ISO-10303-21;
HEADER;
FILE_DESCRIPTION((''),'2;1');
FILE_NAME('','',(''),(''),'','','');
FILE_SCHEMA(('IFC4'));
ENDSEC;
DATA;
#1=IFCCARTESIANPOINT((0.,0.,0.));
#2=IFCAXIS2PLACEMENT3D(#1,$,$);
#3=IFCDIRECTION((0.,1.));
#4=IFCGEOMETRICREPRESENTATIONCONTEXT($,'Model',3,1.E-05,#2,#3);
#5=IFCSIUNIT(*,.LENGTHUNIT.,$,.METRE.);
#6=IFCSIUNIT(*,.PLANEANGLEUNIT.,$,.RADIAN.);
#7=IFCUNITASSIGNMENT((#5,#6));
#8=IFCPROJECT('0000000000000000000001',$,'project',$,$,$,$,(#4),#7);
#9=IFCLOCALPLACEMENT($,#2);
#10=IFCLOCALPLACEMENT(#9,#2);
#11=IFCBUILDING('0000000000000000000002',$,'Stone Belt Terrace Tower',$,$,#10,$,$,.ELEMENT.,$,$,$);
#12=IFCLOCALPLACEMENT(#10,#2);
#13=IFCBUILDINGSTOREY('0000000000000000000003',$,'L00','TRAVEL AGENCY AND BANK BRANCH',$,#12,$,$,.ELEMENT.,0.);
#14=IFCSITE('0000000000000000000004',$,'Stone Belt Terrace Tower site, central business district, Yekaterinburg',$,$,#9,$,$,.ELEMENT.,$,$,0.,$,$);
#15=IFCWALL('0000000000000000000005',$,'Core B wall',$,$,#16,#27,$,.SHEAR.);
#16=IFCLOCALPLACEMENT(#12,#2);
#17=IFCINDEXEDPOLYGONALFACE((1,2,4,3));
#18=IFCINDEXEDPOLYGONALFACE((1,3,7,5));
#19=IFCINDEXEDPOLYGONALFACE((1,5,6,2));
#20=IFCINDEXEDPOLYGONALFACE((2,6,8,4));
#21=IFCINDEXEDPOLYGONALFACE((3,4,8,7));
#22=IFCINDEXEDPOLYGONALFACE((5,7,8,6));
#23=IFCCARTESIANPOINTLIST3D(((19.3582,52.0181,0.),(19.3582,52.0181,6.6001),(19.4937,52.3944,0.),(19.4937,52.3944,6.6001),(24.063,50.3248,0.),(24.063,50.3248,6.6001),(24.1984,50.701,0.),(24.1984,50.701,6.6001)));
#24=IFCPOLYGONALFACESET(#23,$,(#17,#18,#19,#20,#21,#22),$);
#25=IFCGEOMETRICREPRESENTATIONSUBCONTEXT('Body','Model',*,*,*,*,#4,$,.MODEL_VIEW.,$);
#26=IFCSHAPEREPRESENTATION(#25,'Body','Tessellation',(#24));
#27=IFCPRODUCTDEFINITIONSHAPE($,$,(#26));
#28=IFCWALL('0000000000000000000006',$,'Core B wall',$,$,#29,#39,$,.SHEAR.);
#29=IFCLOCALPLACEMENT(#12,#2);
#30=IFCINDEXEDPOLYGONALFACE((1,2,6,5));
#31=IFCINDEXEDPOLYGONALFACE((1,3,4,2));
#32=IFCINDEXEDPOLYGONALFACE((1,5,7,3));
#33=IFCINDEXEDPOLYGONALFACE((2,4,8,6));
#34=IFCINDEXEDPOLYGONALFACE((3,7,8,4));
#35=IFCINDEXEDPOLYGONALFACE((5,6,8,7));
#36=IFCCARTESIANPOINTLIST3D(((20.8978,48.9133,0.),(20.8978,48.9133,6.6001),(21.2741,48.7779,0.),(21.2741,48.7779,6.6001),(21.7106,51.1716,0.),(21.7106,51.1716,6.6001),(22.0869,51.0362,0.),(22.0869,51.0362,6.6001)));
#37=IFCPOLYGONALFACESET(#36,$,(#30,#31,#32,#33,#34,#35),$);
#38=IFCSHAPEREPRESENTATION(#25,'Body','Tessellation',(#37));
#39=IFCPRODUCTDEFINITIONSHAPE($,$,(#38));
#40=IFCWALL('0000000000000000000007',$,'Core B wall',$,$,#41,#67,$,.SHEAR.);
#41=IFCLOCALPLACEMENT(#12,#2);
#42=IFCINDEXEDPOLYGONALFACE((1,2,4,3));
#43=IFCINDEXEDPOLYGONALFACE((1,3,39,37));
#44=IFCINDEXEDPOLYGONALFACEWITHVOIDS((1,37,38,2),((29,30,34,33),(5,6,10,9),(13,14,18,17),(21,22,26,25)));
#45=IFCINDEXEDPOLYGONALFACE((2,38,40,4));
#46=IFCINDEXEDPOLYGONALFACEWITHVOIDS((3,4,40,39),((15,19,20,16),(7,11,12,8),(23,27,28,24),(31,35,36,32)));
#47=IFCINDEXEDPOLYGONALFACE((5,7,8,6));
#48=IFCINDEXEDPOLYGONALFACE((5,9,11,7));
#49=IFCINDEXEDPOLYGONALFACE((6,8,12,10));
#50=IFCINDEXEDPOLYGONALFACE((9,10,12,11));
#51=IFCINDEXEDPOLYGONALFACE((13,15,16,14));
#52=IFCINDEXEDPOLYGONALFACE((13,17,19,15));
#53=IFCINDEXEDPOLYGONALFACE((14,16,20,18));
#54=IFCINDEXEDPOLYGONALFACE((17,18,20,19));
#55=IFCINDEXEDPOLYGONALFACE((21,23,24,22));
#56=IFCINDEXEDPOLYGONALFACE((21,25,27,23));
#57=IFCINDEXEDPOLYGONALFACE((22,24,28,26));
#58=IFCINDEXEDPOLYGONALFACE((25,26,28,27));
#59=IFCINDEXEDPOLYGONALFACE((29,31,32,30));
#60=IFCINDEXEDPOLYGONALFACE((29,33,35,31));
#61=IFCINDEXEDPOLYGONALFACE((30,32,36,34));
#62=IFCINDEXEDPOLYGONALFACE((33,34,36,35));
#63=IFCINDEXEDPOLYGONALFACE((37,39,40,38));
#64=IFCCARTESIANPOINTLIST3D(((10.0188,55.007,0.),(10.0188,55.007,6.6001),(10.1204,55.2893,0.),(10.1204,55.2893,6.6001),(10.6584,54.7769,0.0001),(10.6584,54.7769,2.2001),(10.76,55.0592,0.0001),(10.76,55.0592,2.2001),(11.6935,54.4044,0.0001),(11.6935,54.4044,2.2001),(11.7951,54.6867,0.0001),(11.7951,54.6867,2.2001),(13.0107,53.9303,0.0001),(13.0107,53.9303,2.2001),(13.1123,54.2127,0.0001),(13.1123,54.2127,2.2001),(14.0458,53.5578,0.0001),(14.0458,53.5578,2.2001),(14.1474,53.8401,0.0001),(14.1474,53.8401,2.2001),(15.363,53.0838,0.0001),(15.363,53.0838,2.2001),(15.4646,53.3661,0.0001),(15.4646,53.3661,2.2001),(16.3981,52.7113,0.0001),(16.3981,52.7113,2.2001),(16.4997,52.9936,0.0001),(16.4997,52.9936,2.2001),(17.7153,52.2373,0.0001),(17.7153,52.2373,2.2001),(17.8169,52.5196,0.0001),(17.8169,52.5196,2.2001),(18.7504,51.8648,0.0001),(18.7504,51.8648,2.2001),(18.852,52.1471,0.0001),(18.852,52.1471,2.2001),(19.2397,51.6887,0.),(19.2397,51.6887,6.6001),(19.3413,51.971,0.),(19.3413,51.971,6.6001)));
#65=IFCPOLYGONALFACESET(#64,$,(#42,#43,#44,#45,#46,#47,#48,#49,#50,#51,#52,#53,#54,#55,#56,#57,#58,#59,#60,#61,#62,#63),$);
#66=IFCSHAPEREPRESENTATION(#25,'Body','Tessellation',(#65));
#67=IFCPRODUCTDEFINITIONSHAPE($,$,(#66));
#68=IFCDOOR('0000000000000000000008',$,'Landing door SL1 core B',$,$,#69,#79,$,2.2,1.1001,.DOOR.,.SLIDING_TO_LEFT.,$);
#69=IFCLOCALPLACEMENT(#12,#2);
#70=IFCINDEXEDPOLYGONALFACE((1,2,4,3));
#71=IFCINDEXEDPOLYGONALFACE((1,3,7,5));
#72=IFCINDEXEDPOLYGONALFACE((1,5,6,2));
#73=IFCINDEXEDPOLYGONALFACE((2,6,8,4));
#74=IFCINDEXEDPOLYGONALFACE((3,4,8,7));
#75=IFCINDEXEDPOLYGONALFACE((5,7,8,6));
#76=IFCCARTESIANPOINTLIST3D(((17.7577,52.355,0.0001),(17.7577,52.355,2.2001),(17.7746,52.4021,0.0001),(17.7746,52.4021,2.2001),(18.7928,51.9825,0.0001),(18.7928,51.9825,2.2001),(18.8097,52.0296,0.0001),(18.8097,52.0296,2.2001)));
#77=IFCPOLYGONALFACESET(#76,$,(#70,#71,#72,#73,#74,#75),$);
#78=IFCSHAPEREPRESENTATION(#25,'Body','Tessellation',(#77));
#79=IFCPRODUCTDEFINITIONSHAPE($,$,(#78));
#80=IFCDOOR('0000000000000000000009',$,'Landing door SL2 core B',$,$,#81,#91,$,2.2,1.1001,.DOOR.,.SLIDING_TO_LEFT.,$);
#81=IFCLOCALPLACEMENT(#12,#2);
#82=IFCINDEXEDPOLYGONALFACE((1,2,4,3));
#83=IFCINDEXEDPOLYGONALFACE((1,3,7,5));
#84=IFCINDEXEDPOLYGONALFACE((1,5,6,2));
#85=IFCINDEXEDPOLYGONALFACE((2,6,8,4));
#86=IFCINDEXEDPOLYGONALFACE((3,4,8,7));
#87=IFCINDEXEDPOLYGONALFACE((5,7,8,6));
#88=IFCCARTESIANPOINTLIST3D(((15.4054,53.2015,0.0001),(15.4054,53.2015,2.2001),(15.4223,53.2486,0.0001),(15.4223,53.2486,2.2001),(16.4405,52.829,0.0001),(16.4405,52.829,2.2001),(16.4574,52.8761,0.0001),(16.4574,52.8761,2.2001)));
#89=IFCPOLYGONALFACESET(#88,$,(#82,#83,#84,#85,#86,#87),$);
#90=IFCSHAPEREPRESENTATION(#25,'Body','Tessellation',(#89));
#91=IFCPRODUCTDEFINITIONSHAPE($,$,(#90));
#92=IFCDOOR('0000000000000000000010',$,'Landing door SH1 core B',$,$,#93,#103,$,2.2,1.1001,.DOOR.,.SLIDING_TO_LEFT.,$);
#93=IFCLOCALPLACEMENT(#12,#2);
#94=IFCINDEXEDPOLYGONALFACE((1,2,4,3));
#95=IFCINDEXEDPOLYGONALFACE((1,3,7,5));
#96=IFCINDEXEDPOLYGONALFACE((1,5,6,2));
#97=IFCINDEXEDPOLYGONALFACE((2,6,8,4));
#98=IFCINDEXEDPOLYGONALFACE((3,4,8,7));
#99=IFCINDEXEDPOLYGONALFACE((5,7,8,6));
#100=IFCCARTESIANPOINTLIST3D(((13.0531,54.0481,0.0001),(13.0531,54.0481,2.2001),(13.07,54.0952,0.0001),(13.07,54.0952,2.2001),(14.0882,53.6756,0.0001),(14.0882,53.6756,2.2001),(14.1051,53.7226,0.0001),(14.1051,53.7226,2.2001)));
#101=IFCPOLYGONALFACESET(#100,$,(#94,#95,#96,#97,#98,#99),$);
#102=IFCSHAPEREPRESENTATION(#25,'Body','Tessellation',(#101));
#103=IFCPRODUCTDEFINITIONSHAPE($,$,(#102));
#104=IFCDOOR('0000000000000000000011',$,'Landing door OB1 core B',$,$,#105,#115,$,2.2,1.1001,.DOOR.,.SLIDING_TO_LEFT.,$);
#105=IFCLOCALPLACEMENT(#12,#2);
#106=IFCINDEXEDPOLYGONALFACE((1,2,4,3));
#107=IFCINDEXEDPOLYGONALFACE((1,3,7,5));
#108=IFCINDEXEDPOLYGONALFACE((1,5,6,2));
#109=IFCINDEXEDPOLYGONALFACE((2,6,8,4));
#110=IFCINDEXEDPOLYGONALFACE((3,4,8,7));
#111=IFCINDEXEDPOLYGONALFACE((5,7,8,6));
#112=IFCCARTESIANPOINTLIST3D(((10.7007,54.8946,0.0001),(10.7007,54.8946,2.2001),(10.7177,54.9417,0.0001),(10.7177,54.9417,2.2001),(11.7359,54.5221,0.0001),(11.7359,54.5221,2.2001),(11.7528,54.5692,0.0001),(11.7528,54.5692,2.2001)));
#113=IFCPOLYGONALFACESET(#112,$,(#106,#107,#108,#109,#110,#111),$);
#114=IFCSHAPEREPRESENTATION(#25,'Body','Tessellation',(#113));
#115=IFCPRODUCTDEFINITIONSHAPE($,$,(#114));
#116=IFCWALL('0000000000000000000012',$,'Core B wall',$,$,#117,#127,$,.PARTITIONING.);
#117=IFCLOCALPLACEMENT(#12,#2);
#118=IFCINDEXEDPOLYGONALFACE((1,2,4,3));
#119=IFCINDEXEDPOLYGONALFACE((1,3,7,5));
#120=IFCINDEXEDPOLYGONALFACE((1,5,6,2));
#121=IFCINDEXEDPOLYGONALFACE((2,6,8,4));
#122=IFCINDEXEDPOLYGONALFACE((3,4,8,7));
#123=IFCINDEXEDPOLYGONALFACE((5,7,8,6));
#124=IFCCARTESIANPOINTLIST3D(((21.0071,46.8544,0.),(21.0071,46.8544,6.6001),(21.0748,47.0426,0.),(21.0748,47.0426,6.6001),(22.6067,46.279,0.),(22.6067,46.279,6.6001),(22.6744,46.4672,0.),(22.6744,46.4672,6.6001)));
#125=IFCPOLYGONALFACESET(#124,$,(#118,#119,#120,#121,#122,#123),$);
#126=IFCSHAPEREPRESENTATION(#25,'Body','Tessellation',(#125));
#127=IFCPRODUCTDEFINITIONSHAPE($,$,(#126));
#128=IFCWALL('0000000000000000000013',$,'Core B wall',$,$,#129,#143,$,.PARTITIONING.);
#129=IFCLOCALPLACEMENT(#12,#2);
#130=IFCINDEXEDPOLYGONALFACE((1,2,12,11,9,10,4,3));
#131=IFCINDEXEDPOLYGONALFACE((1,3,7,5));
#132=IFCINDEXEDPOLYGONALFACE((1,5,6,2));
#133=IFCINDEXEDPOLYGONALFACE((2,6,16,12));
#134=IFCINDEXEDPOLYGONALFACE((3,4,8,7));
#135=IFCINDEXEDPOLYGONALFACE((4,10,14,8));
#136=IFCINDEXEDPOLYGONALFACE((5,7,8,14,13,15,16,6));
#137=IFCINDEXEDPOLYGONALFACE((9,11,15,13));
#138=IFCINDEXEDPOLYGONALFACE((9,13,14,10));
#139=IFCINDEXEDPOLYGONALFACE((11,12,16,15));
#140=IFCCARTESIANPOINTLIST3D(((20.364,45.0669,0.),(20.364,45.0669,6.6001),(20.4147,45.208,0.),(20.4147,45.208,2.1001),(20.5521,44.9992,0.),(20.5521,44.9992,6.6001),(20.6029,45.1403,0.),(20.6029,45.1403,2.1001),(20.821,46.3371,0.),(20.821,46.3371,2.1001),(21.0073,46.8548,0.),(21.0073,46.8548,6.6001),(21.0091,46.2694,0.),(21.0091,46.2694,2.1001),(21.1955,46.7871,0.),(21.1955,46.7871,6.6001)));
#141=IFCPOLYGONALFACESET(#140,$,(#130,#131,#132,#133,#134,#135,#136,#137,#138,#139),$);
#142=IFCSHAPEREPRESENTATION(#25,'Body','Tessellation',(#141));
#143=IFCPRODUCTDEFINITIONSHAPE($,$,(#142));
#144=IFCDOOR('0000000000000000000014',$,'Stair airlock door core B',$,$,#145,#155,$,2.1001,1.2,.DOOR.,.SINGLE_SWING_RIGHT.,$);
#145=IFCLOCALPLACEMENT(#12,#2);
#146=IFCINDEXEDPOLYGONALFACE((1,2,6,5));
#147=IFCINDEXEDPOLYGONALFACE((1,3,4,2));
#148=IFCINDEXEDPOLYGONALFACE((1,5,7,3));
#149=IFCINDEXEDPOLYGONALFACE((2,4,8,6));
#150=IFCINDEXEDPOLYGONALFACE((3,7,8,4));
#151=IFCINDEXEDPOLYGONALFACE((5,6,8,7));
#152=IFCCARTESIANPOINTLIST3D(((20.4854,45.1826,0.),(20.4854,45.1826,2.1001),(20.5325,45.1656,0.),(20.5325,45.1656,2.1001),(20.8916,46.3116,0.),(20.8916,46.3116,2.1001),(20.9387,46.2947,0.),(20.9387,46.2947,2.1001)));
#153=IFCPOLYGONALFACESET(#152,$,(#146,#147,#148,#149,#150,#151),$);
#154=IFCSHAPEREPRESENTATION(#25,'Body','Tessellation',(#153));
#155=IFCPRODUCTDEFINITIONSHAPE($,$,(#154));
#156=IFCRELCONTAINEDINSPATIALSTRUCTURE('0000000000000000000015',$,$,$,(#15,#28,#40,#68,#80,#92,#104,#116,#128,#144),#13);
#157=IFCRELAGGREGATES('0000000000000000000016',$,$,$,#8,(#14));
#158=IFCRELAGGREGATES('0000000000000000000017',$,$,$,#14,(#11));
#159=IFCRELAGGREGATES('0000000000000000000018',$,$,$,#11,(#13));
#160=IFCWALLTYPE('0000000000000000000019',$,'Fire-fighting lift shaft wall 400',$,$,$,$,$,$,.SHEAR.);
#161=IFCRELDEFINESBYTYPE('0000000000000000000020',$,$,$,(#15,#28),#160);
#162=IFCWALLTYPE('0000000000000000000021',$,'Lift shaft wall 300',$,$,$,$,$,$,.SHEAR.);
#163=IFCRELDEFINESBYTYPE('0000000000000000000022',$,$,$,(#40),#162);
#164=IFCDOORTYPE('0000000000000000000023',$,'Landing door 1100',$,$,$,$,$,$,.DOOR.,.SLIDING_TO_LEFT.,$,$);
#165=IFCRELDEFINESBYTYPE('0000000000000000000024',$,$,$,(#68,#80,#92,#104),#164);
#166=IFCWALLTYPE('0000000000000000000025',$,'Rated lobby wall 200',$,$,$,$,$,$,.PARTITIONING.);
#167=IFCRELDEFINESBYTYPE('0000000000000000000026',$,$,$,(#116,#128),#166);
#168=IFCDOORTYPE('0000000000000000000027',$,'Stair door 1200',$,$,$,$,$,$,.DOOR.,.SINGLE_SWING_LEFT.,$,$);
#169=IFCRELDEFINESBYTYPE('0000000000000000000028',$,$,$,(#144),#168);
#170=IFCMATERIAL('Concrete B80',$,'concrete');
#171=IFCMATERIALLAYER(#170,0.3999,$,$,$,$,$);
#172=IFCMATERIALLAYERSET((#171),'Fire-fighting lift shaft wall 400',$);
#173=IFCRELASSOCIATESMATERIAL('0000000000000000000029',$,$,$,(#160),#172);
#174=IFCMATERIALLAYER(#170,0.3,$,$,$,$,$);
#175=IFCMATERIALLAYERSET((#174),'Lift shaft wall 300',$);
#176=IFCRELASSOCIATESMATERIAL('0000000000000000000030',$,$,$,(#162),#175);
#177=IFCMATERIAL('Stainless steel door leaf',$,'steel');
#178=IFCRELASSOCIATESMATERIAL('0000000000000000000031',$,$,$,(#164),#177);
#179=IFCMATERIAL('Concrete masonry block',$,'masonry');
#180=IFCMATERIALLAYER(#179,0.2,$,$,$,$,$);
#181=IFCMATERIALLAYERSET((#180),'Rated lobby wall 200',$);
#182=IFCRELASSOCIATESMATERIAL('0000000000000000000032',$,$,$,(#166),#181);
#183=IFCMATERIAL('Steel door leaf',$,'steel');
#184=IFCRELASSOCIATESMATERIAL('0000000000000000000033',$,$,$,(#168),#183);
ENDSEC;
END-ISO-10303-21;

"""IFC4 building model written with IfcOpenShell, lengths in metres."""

from ifc_helpers import new_model, si_unit, direction, frame, frame_2d, origin, place, context, subcontext, project, spatial, rectangle, extrude, material, layer, layer_set, type_object, element, fill, save


model = new_model("IFC4")

# Units and contexts
model_context = context("Model", 3, precision=1e-05, world=origin(), true_north=direction((0.0, 1.0)))
body_context = subcontext(model_context, "Body", "Model", "MODEL_VIEW")
ifc_project = project(units=[si_unit("LENGTHUNIT", "METRE"), si_unit("PLANEANGLEUNIT", "RADIAN")], contexts=[model_context])

# Site, building, storey
site_placement = place(None, origin())
site = spatial("IfcSite", under=ifc_project, at=site_placement, Name="Stone Belt Terrace Tower site, central business district, Yekaterinburg", CompositionType="ELEMENT", RefElevation=0.0)
building_placement = place(site_placement, origin())
building = spatial("IfcBuilding", under=site, at=building_placement, Name="Stone Belt Terrace Tower", CompositionType="ELEMENT")
storey_placement = place(building_placement, origin())
storey = spatial("IfcBuildingStorey", under=building, at=storey_placement, Name="L00", Description="TRAVEL AGENCY AND BANK BRANCH", CompositionType="ELEMENT", Elevation=0.0)

# Walls
ifc_material_1 = material(Name="Concrete B80", Category="concrete")
ifc_layer_1 = layer(ifc_material_1, 0.3999)
ifc_layer_set_1 = layer_set([ifc_layer_1], Name="Fire-fighting lift shaft wall 400")
wall_type_1 = type_object("IfcWallType", Name="Fire-fighting lift shaft wall 400", PredefinedType="SHEAR", material=ifc_layer_set_1)
wall_1_placement = place(storey_placement, frame((24.1306, 50.5129, 0.0), z_axis=(0.0, 0.0, 1.0), x_axis=(-0.940912, 0.338652, 0.0)))
element("IfcWall", 1, at=wall_1_placement, inside=storey, type_object=wall_type_1, Name="Core B wall", PredefinedType="SHEAR", context=body_context, shape_type="SweptSolid", body=[
    extrude(rectangle(XDim=5.0002, YDim=0.3999, at=frame_2d((2.5, 0.0))), origin(), (0.0, 0.0, 1.0), 6.6001),
])
wall_2_placement = place(storey_placement, frame((21.0859, 48.8455, 0.0), z_axis=(0.0, 0.0, 1.0), x_axis=(0.338629, 0.94092, 0.0)))
element("IfcWall", 2, at=wall_2_placement, inside=storey, type_object=wall_type_1, Name="Core B wall", PredefinedType="SHEAR", context=body_context, shape_type="SweptSolid", body=[
    extrude(rectangle(XDim=2.4001, YDim=0.3999, at=frame_2d((1.2002, 0.0))), origin(), (0.0, 0.0, 1.0), 6.6001),
])

# Wall, openings, doors
ifc_layer_2 = layer(ifc_material_1, 0.3)
ifc_layer_set_2 = layer_set([ifc_layer_2], Name="Lift shaft wall 300")
wall_type_2 = type_object("IfcWallType", Name="Lift shaft wall 300", PredefinedType="SHEAR", material=ifc_layer_set_2)
wall_3_placement = place(storey_placement, frame((19.2905, 51.8298, 0.0), z_axis=(0.0, 0.0, 1.0), x_axis=(-0.940926, 0.338613, 0.0)))
wall_3 = element("IfcWall", 3, at=wall_3_placement, inside=storey, type_object=wall_type_2, Name="Core B wall", PredefinedType="SHEAR", context=body_context, shape_type="SweptSolid", body=[
    extrude(rectangle(XDim=9.7998, YDim=0.3, at=frame_2d((4.8999, 0.0))), origin(), (0.0, 0.0, 1.0), 6.6001),
])
opening_1_placement = place(wall_3_placement, frame((0.52, 0.0, 0.0)))
opening_1 = element("IfcOpeningElement", 4, at=opening_1_placement, cuts=wall_3, PredefinedType="OPENING", context=body_context, shape_type="SweptSolid", body=[
    extrude(rectangle(XDim=1.1001, YDim=2.2, at=frame_2d((0.55, 1.1001))), frame((0.0, 0.1599, 0.0), z_axis=(0.0, -1.0, 0.0), x_axis=(1.0, 0.0, 0.0)), (0.0, 0.0, 1.0), 0.3201),
])
opening_2_placement = place(wall_3_placement, frame((3.02, 0.0, 0.0)))
opening_2 = element("IfcOpeningElement", 5, at=opening_2_placement, cuts=wall_3, PredefinedType="OPENING", context=body_context, shape_type="SweptSolid", body=[
    extrude(rectangle(XDim=1.1001, YDim=2.2, at=frame_2d((0.55, 1.1001))), frame((0.0, 0.1599, 0.0), z_axis=(0.0, -1.0, 0.0), x_axis=(1.0, 0.0, 0.0)), (0.0, 0.0, 1.0), 0.3201),
])
opening_3_placement = place(wall_3_placement, frame((5.52, 0.0, 0.0)))
opening_3 = element("IfcOpeningElement", 6, at=opening_3_placement, cuts=wall_3, PredefinedType="OPENING", context=body_context, shape_type="SweptSolid", body=[
    extrude(rectangle(XDim=1.1001, YDim=2.2, at=frame_2d((0.55, 1.1001))), frame((0.0, 0.1599, 0.0), z_axis=(0.0, -1.0, 0.0), x_axis=(1.0, 0.0, 0.0)), (0.0, 0.0, 1.0), 0.3201),
])
opening_4_placement = place(wall_3_placement, frame((8.02, 0.0, 0.0)))
opening_4 = element("IfcOpeningElement", 7, at=opening_4_placement, cuts=wall_3, PredefinedType="OPENING", context=body_context, shape_type="SweptSolid", body=[
    extrude(rectangle(XDim=1.1001, YDim=2.2, at=frame_2d((0.55, 1.1001))), frame((0.0, 0.1599, 0.0), z_axis=(0.0, -1.0, 0.0), x_axis=(1.0, 0.0, 0.0)), (0.0, 0.0, 1.0), 0.3201),
])
ifc_material_2 = material(Name="Stainless steel door leaf", Category="steel")
door_type_1 = type_object("IfcDoorType", Name="Landing door 1100", OperationType="SLIDING_TO_LEFT", PredefinedType="DOOR", material=ifc_material_2)
door_1_placement = place(opening_1_placement, origin())
door_1 = element("IfcDoor", 8, at=door_1_placement, inside=storey, type_object=door_type_1, Name="Landing door SL1 core B", OperationType="SLIDING_TO_LEFT", OverallHeight=2.2, OverallWidth=1.1001, PredefinedType="DOOR", context=body_context, shape_type="SweptSolid", body=[
    extrude(rectangle(XDim=1.1001, YDim=2.2, at=frame_2d((0.55, 1.1001))), frame((0.0, 0.0249, 0.0), z_axis=(0.0, -1.0, 0.0), x_axis=(1.0, 0.0, 0.0)), (0.0, 0.0, 1.0), 0.05),
])
fill(opening_1, door_1)
door_2_placement = place(opening_2_placement, origin())
door_2 = element("IfcDoor", 9, at=door_2_placement, inside=storey, type_object=door_type_1, Name="Landing door SL2 core B", OperationType="SLIDING_TO_LEFT", OverallHeight=2.2, OverallWidth=1.1001, PredefinedType="DOOR", context=body_context, shape_type="SweptSolid", body=[
    extrude(rectangle(XDim=1.1001, YDim=2.2, at=frame_2d((0.55, 1.1001))), frame((0.0, 0.0249, 0.0), z_axis=(0.0, -1.0, 0.0), x_axis=(1.0, 0.0, 0.0)), (0.0, 0.0, 1.0), 0.05),
])
fill(opening_2, door_2)
door_3_placement = place(opening_3_placement, origin())
door_3 = element("IfcDoor", 10, at=door_3_placement, inside=storey, type_object=door_type_1, Name="Landing door SH1 core B", OperationType="SLIDING_TO_LEFT", OverallHeight=2.2, OverallWidth=1.1001, PredefinedType="DOOR", context=body_context, shape_type="SweptSolid", body=[
    extrude(rectangle(XDim=1.1001, YDim=2.2, at=frame_2d((0.55, 1.1001))), frame((0.0, 0.0249, 0.0), z_axis=(0.0, -1.0, 0.0), x_axis=(1.0, 0.0, 0.0)), (0.0, 0.0, 1.0), 0.05),
])
fill(opening_3, door_3)
door_4_placement = place(opening_4_placement, origin())
door_4 = element("IfcDoor", 11, at=door_4_placement, inside=storey, type_object=door_type_1, Name="Landing door OB1 core B", OperationType="SLIDING_TO_LEFT", OverallHeight=2.2, OverallWidth=1.1001, PredefinedType="DOOR", context=body_context, shape_type="SweptSolid", body=[
    extrude(rectangle(XDim=1.1001, YDim=2.2, at=frame_2d((0.55, 1.1001))), frame((0.0, 0.0249, 0.0), z_axis=(0.0, -1.0, 0.0), x_axis=(1.0, 0.0, 0.0)), (0.0, 0.0, 1.0), 0.05),
])
fill(opening_4, door_4)

# Wall
ifc_material_3 = material(Name="Concrete masonry block", Category="masonry")
ifc_layer_3 = layer(ifc_material_3, 0.2)
ifc_layer_set_3 = layer_set([ifc_layer_3], Name="Rated lobby wall 200")
wall_type_3 = type_object("IfcWallType", Name="Rated lobby wall 200", PredefinedType="PARTITIONING", material=ifc_layer_set_3)
wall_4_placement = place(storey_placement, frame((22.6406, 46.373, 0.0), z_axis=(0.0, 0.0, 1.0), x_axis=(-0.940966, 0.338501, 0.0)))
element("IfcWall", 12, at=wall_4_placement, inside=storey, type_object=wall_type_3, Name="Core B wall", PredefinedType="PARTITIONING", context=body_context, shape_type="SweptSolid", body=[
    extrude(rectangle(XDim=1.7, YDim=0.2, at=frame_2d((0.8501, 0.0))), origin(), (0.0, 0.0, 1.0), 6.6001),
])

# Wall, opening, door
wall_5_placement = place(storey_placement, frame((20.458, 45.033, 0.0), z_axis=(0.0, 0.0, 1.0), x_axis=(0.338574, 0.94094, 0.0)))
wall_5 = element("IfcWall", 13, at=wall_5_placement, inside=storey, type_object=wall_type_3, Name="Core B wall", PredefinedType="PARTITIONING", context=body_context, shape_type="SweptSolid", body=[
    extrude(rectangle(XDim=1.9001, YDim=0.2, at=frame_2d((0.9502, 0.0))), origin(), (0.0, 0.0, 1.0), 6.6001),
])
opening_5_placement = place(wall_5_placement, frame((0.1499, 0.0, 0.0)))
opening_5 = element("IfcOpeningElement", 14, at=opening_5_placement, cuts=wall_5, PredefinedType="OPENING", context=body_context, shape_type="SweptSolid", body=[
    extrude(rectangle(XDim=1.2, YDim=2.1001, at=frame_2d((0.6001, 1.05))), frame((0.0, 0.1099, 0.0), z_axis=(0.0, -1.0, 0.0), x_axis=(1.0, 0.0, 0.0)), (0.0, 0.0, 1.0), 0.22),
])
ifc_material_4 = material(Name="Steel door leaf", Category="steel")
door_type_2 = type_object("IfcDoorType", Name="Stair door 1200", OperationType="SINGLE_SWING_LEFT", PredefinedType="DOOR", material=ifc_material_4)
door_5_placement = place(opening_5_placement, origin())
door_5 = element("IfcDoor", 15, at=door_5_placement, inside=storey, type_object=door_type_2, Name="Stair airlock door core B", OperationType="SINGLE_SWING_RIGHT", OverallHeight=2.1001, OverallWidth=1.2, PredefinedType="DOOR", context=body_context, shape_type="SweptSolid", body=[
    extrude(rectangle(XDim=1.2, YDim=2.1001, at=frame_2d((0.6001, 1.05))), frame((0.0, 0.0249, 0.0), z_axis=(0.0, -1.0, 0.0), x_axis=(1.0, 0.0, 0.0)), (0.0, 0.0, 1.0), 0.05),
])
fill(opening_5, door_5)

save(model, "model.ifc")
